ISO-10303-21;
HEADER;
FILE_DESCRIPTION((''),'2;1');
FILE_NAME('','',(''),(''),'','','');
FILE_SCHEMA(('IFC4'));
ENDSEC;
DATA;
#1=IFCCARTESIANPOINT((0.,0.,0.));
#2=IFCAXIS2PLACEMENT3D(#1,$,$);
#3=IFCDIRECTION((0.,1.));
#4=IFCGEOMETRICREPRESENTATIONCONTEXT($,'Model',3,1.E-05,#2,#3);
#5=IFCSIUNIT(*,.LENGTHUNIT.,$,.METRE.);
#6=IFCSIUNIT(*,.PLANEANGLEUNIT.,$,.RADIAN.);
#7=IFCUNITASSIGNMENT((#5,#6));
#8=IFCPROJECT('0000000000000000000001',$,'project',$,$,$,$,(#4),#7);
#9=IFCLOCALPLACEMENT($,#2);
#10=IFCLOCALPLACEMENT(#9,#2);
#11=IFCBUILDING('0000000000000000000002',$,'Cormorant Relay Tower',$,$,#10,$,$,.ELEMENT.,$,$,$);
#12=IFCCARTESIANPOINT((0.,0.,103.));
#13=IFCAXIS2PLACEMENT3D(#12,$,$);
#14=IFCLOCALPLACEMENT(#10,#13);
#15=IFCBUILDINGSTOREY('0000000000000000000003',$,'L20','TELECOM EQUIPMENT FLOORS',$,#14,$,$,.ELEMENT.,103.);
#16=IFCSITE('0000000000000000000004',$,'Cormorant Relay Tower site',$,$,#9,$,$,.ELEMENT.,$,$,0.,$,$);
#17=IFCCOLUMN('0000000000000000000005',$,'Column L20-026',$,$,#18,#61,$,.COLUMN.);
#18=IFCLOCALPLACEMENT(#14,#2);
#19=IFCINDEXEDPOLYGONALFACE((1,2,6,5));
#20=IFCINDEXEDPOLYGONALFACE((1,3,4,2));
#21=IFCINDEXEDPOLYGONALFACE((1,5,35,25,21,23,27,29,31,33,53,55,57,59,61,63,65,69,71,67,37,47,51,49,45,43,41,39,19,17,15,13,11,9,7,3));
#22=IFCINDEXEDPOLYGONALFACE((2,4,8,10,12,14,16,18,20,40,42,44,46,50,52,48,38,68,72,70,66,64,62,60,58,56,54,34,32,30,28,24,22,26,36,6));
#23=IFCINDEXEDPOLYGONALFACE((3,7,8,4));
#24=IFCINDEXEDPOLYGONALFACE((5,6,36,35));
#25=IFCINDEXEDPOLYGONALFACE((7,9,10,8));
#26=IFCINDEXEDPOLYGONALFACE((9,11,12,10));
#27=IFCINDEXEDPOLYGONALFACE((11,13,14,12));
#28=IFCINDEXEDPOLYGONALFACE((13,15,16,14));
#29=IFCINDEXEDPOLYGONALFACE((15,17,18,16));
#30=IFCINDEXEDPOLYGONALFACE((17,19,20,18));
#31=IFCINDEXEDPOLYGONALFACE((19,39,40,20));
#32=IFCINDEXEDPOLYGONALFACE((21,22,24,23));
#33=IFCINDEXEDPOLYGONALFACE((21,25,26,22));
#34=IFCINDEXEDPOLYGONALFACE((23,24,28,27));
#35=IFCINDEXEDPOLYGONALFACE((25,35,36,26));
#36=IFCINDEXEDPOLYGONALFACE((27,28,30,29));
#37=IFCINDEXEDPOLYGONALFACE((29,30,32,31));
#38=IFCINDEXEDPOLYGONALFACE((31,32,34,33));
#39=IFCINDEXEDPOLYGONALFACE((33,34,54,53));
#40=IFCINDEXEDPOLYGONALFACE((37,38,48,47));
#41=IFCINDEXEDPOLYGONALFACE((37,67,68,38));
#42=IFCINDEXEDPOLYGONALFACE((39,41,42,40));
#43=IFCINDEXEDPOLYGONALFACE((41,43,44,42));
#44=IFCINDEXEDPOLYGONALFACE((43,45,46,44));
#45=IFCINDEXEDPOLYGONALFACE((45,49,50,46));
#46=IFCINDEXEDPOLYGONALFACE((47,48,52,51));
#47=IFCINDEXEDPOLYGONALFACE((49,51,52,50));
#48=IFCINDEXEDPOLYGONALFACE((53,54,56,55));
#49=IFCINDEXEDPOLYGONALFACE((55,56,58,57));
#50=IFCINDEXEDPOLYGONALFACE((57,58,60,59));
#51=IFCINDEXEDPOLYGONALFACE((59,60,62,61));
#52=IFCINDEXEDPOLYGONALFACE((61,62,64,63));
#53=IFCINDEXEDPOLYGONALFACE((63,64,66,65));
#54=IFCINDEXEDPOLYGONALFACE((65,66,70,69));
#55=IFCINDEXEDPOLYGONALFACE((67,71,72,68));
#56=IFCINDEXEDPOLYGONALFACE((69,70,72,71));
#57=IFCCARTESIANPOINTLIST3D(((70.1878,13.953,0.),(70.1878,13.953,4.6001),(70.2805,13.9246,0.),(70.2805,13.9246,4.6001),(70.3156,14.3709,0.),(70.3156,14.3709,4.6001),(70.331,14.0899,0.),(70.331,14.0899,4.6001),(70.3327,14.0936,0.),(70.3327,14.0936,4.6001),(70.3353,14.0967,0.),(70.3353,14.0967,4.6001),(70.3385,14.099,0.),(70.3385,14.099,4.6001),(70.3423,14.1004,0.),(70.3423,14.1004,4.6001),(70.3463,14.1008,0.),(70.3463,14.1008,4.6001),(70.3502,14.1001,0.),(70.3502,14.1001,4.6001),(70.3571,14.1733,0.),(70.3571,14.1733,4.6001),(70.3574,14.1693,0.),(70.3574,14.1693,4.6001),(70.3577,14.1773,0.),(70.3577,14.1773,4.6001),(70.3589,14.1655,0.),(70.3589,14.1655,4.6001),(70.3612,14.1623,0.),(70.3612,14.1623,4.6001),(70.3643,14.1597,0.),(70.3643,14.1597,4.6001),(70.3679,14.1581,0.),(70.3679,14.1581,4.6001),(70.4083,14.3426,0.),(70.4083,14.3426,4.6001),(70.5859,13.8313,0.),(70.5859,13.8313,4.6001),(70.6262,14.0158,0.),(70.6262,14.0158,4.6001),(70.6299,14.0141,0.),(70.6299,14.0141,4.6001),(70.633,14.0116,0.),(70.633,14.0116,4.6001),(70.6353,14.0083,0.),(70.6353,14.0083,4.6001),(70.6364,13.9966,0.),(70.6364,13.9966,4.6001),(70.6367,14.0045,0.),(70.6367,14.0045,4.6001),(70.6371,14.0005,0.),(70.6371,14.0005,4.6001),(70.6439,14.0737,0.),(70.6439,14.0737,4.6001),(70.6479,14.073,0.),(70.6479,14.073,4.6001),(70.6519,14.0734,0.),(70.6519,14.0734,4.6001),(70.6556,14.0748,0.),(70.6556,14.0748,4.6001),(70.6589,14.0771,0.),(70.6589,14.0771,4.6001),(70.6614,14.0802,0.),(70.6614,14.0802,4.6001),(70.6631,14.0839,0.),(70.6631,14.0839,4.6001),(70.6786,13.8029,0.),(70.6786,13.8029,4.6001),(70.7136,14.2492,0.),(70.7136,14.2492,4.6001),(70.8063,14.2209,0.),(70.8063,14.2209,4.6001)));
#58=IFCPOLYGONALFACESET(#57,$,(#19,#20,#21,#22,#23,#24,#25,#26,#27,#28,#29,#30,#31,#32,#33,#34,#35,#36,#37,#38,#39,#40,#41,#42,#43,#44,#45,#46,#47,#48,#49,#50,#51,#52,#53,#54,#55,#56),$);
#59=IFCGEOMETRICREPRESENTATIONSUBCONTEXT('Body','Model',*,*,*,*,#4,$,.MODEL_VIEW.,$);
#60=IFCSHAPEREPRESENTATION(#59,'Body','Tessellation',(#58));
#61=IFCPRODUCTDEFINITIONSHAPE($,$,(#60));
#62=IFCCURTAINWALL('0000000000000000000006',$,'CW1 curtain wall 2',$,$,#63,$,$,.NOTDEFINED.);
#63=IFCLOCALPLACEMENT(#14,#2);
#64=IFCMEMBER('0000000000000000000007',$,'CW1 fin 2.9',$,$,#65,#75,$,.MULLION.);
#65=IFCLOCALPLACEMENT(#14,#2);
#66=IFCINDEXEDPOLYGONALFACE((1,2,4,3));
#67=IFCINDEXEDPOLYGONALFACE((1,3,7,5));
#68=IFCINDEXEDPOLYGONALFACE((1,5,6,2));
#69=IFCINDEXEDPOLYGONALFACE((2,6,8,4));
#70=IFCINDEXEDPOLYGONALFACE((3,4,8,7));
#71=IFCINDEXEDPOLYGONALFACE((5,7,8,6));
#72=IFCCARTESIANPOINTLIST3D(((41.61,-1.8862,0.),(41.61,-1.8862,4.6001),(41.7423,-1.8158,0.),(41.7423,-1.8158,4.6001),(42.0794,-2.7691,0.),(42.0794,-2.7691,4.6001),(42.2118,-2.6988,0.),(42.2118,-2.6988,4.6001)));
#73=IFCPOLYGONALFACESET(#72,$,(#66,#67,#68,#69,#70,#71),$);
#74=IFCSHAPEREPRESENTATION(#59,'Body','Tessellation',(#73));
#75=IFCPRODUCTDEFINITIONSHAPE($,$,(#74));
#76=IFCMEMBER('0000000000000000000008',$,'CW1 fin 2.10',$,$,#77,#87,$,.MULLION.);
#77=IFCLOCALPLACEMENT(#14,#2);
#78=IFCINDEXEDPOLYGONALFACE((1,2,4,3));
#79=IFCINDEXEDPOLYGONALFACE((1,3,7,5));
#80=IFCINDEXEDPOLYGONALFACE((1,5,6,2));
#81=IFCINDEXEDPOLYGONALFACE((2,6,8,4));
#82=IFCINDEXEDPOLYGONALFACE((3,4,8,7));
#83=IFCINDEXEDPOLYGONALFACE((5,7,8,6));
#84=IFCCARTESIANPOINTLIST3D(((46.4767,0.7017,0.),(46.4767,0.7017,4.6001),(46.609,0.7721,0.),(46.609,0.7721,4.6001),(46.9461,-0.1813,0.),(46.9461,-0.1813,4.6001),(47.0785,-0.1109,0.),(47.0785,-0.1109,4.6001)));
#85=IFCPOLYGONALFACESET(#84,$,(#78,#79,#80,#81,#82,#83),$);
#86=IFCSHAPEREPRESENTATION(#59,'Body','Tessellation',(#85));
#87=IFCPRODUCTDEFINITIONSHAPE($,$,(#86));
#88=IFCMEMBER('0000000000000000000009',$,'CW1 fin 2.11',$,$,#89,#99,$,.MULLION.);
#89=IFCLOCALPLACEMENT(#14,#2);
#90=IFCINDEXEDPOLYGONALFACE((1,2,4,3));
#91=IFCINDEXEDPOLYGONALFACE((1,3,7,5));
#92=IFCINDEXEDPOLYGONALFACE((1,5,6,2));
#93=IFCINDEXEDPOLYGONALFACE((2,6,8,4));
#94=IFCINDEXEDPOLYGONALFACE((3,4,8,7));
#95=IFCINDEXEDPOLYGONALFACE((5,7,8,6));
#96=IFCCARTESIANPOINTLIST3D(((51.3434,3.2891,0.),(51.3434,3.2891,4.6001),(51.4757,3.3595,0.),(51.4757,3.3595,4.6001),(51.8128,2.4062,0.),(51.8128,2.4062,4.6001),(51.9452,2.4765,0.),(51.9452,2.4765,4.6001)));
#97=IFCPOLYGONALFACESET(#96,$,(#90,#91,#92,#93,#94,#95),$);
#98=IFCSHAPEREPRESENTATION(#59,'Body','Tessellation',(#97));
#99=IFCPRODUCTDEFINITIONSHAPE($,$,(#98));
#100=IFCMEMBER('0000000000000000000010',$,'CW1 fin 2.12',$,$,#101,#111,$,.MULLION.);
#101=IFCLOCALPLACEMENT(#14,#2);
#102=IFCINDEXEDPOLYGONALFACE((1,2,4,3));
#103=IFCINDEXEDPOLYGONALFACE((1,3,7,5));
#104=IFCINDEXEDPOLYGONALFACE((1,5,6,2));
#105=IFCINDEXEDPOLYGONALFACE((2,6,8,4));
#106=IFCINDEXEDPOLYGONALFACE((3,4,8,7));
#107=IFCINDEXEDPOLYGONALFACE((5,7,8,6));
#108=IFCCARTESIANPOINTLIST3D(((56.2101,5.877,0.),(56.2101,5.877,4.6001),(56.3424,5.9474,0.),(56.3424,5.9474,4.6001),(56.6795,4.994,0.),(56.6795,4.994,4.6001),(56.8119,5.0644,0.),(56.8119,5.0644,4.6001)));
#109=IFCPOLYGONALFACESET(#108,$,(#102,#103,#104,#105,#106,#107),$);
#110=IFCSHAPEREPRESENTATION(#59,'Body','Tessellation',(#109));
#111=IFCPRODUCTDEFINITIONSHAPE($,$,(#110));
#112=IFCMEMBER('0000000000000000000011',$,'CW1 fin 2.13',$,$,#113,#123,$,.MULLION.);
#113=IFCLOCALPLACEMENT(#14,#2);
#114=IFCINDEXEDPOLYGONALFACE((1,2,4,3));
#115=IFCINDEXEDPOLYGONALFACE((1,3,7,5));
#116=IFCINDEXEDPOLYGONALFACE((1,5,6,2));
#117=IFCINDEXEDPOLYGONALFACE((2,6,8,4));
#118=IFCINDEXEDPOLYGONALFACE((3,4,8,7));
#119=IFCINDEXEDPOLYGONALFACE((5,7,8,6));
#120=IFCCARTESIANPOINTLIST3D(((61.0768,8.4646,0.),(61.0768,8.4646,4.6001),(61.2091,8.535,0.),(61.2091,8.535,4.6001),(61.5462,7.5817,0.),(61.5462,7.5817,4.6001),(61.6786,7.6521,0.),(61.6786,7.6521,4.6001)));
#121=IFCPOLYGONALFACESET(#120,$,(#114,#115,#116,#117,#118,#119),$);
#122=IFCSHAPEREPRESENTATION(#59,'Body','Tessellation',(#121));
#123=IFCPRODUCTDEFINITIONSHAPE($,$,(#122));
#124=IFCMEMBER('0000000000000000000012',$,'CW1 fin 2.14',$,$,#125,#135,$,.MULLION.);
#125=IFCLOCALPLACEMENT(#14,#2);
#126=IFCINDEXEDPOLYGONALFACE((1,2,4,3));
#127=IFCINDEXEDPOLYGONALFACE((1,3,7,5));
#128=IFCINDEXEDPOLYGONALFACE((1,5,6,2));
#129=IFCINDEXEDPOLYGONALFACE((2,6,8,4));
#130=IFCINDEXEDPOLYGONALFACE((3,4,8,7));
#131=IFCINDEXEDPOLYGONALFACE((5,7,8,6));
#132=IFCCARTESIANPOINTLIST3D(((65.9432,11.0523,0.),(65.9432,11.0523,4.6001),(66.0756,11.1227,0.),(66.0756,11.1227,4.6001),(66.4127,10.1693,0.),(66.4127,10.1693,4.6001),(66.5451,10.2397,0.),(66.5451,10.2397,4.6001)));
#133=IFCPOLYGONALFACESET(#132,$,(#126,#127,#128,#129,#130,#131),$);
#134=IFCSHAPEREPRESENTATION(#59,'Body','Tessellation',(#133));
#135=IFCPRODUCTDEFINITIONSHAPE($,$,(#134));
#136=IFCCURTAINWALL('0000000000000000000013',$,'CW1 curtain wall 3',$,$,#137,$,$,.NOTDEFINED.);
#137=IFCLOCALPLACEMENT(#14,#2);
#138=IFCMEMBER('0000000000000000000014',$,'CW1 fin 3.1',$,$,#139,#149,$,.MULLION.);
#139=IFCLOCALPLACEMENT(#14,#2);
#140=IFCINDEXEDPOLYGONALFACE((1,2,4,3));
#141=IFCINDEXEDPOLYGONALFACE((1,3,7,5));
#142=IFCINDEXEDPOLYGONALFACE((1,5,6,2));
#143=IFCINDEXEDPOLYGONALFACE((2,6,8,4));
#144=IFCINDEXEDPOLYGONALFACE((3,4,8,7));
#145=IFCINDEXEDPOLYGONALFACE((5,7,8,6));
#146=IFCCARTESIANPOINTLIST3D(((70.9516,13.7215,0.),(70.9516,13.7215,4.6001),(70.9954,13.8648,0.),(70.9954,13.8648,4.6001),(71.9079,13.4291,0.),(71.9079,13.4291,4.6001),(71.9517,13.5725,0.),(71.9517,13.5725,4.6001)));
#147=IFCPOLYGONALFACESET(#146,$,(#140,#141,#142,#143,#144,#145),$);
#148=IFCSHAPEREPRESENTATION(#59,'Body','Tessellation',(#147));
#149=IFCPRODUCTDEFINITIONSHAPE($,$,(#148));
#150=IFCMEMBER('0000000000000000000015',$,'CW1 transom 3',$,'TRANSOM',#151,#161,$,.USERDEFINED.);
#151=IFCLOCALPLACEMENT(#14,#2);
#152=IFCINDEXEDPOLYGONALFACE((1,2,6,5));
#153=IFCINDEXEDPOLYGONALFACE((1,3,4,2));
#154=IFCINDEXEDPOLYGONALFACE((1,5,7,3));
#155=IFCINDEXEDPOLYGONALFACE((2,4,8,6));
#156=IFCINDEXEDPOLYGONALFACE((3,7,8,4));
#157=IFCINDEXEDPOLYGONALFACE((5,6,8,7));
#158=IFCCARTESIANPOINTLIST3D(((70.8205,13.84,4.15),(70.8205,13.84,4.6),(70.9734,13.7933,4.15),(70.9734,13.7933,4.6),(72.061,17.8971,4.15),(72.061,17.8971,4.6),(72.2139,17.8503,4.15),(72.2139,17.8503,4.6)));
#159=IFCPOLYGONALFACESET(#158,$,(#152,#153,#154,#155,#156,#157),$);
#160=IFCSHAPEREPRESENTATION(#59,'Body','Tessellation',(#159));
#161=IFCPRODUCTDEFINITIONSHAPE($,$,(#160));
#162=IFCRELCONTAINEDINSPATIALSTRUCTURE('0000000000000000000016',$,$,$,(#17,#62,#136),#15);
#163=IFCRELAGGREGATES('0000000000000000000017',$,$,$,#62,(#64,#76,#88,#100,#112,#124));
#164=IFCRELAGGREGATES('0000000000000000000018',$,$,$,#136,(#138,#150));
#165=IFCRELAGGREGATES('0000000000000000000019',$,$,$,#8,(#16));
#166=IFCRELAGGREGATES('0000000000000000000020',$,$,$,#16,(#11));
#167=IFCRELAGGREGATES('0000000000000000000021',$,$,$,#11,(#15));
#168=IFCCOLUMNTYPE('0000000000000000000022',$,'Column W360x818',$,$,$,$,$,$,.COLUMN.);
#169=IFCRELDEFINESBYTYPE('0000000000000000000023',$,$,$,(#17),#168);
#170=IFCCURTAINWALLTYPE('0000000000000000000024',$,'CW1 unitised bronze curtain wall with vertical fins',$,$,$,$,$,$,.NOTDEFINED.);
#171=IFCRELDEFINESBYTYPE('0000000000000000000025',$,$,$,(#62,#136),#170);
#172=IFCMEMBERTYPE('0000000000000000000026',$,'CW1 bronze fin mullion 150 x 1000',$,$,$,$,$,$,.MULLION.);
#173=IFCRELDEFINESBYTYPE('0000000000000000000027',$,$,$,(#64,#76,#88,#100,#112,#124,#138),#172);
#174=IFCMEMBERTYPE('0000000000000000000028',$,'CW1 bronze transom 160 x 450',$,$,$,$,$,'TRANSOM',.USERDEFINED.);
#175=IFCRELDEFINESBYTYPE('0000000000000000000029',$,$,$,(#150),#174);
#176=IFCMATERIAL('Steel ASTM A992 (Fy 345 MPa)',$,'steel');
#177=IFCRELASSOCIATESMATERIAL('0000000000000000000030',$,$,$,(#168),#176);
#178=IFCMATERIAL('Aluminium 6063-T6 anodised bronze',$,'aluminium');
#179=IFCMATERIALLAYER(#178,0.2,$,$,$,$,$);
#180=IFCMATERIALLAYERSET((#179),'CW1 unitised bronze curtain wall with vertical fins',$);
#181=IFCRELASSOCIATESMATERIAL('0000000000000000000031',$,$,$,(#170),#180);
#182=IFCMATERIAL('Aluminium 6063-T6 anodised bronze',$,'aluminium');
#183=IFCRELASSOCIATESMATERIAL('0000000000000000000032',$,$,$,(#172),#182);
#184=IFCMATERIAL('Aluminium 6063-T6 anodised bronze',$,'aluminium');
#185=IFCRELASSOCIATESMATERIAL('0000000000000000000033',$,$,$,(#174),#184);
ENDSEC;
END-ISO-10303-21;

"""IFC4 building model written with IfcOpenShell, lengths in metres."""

from ifc_helpers import new_model, si_unit, direction, frame, origin, origin_2d, place, context, subcontext, project, spatial, rectangle, i_section, extrude, material, layer, layer_set, material_profile, profile_set, type_object, element, aggregate, save


model = new_model("IFC4")

# Units and contexts
model_context = context("Model", 3, precision=1e-05, world=origin(), true_north=direction((0.0, 1.0)))
body_context = subcontext(model_context, "Body", "Model", "MODEL_VIEW")
ifc_project = project(units=[si_unit("LENGTHUNIT", "METRE"), si_unit("PLANEANGLEUNIT", "RADIAN")], contexts=[model_context])

# Site, building, storey
site_placement = place(None, origin())
site = spatial("IfcSite", under=ifc_project, at=site_placement, Name="Cormorant Relay Tower site", CompositionType="ELEMENT", RefElevation=0.0)
building_placement = place(site_placement, origin())
building = spatial("IfcBuilding", under=site, at=building_placement, Name="Cormorant Relay Tower", CompositionType="ELEMENT")
storey_placement = place(building_placement, frame((0.0, 0.0, 103.0)))
storey = spatial("IfcBuildingStorey", under=building, at=storey_placement, Name="L20", Description="TELECOM EQUIPMENT FLOORS", CompositionType="ELEMENT", Elevation=103.0)

# Column
ifc_material_1 = material(Name="Steel ASTM A992 (Fy 345 MPa)", Category="steel")
ifc_material_profile_1 = material_profile(ifc_material_1, i_section(OverallWidth=0.437, OverallDepth=0.5132, WebThickness=0.0605, FlangeThickness=0.0969, FilletRadius=0.0154, at=origin_2d()), Name="W360x818")
ifc_profile_set_1 = profile_set([ifc_material_profile_1], Name="Steel ASTM A992 (Fy 345 MPa)")
column_type_1 = type_object("IfcColumnType", Name="Column W360x818", PredefinedType="COLUMN", material=ifc_profile_set_1)
for number, where, z_axis, x_axis, name in (
    (1, (70.4971, 14.0869, 0.0), (0.0, 0.0, 1.0), (0.292372, 0.956305, 0.0), "Column L20-026"),
):
    element("IfcColumn", number, at=place(storey_placement, frame(where, z_axis=z_axis, x_axis=x_axis)), inside=storey, type_object=column_type_1, Name=name, PredefinedType="COLUMN", context=body_context, shape_type="SweptSolid", body=[
        extrude(i_section(OverallWidth=0.437, OverallDepth=0.5132, WebThickness=0.0605, FlangeThickness=0.0969, FilletRadius=0.0154, at=origin_2d()), origin(), (0.0, 0.0, 1.0), 4.6001),
    ])

# Curtain walls, members
ifc_material_2 = material(Name="Aluminium 6063-T6 anodised bronze", Category="aluminium")
ifc_layer_1 = layer(ifc_material_2, 0.2)
ifc_layer_set_1 = layer_set([ifc_layer_1], Name="CW1 unitised bronze curtain wall with vertical fins")
curtain_wall_type = type_object("IfcCurtainWallType", Name="CW1 unitised bronze curtain wall with vertical fins", PredefinedType="NOTDEFINED", material=ifc_layer_set_1)
curtain_wall_1_placement = place(storey_placement, origin())
curtain_wall_1 = element("IfcCurtainWall", 2, at=curtain_wall_1_placement, inside=storey, type_object=curtain_wall_type, Name="CW1 curtain wall 2", PredefinedType="NOTDEFINED")
ifc_material_3 = material(Name="Aluminium 6063-T6 anodised bronze", Category="aluminium")
ifc_material_profile_2 = material_profile(ifc_material_3, rectangle(XDim=0.1499, YDim=1.0, at=origin_2d()), Name="AL 150x1000")
ifc_profile_set_2 = profile_set([ifc_material_profile_2], Name="Aluminium 6063-T6 anodised bronze")
member_type_1 = type_object("IfcMemberType", Name="CW1 bronze fin mullion 150 x 1000", PredefinedType="MULLION", material=ifc_profile_set_2)
member_1_placement = place(storey_placement, frame((41.9109, -2.2925, 0.0), z_axis=(0.0, 0.0, 1.0), x_axis=(0.882948, 0.469472, 0.0)))
member_1 = element("IfcMember", 3, at=member_1_placement, type_object=member_type_1, Name="CW1 fin 2.9", PredefinedType="MULLION", context=body_context, shape_type="SweptSolid", body=[
    extrude(rectangle(XDim=0.1499, YDim=1.0, at=origin_2d()), origin(), (0.0, 0.0, 1.0), 4.6001),
])
member_2_placement = place(storey_placement, frame((46.7776, 0.2954, 0.0), z_axis=(0.0, 0.0, 1.0), x_axis=(0.882948, 0.469472, 0.0)))
member_2 = element("IfcMember", 4, at=member_2_placement, type_object=member_type_1, Name="CW1 fin 2.10", PredefinedType="MULLION", context=body_context, shape_type="SweptSolid", body=[
    extrude(rectangle(XDim=0.1499, YDim=1.0, at=origin_2d()), origin(), (0.0, 0.0, 1.0), 4.6001),
])
member_3_placement = place(storey_placement, frame((51.6443, 2.8828, 0.0), z_axis=(0.0, 0.0, 1.0), x_axis=(0.882948, 0.469472, 0.0)))
member_3 = element("IfcMember", 5, at=member_3_placement, type_object=member_type_1, Name="CW1 fin 2.11", PredefinedType="MULLION", context=body_context, shape_type="SweptSolid", body=[
    extrude(rectangle(XDim=0.1499, YDim=1.0, at=origin_2d()), origin(), (0.0, 0.0, 1.0), 4.6001),
])
member_4_placement = place(storey_placement, frame((56.511, 5.4707, 0.0), z_axis=(0.0, 0.0, 1.0), x_axis=(0.882948, 0.469472, 0.0)))
member_4 = element("IfcMember", 6, at=member_4_placement, type_object=member_type_1, Name="CW1 fin 2.12", PredefinedType="MULLION", context=body_context, shape_type="SweptSolid", body=[
    extrude(rectangle(XDim=0.1499, YDim=1.0, at=origin_2d()), origin(), (0.0, 0.0, 1.0), 4.6001),
])
member_5_placement = place(storey_placement, frame((61.3777, 8.0583, 0.0), z_axis=(0.0, 0.0, 1.0), x_axis=(0.882948, 0.469472, 0.0)))
member_5 = element("IfcMember", 7, at=member_5_placement, type_object=member_type_1, Name="CW1 fin 2.13", PredefinedType="MULLION", context=body_context, shape_type="SweptSolid", body=[
    extrude(rectangle(XDim=0.1499, YDim=1.0, at=origin_2d()), origin(), (0.0, 0.0, 1.0), 4.6001),
])
member_6_placement = place(storey_placement, frame((66.2441, 10.646, 0.0), z_axis=(0.0, 0.0, 1.0), x_axis=(0.882948, 0.469472, 0.0)))
member_6 = element("IfcMember", 8, at=member_6_placement, type_object=member_type_1, Name="CW1 fin 2.14", PredefinedType="MULLION", context=body_context, shape_type="SweptSolid", body=[
    extrude(rectangle(XDim=0.1499, YDim=1.0, at=origin_2d()), origin(), (0.0, 0.0, 1.0), 4.6001),
])
curtain_wall_2_placement = place(storey_placement, origin())
curtain_wall_2 = element("IfcCurtainWall", 9, at=curtain_wall_2_placement, inside=storey, type_object=curtain_wall_type, Name="CW1 curtain wall 3", PredefinedType="NOTDEFINED")
member_7_placement = place(storey_placement, frame((71.4517, 13.647, 0.0), z_axis=(0.0, 0.0, 1.0), x_axis=(0.292372, 0.956305, 0.0)))
member_7 = element("IfcMember", 10, at=member_7_placement, type_object=member_type_1, Name="CW1 fin 3.1", PredefinedType="MULLION", context=body_context, shape_type="SweptSolid", body=[
    extrude(rectangle(XDim=0.1499, YDim=1.0, at=origin_2d()), origin(), (0.0, 0.0, 1.0), 4.6001),
])
ifc_material_4 = material(Name="Aluminium 6063-T6 anodised bronze", Category="aluminium")
ifc_material_profile_3 = material_profile(ifc_material_4, rectangle(XDim=0.1599, YDim=0.45, at=origin_2d()), Name="AL 160x450")
ifc_profile_set_3 = profile_set([ifc_material_profile_3], Name="Aluminium 6063-T6 anodised bronze")
member_type_2 = type_object("IfcMemberType", Name="CW1 bronze transom 160 x 450", ElementType="TRANSOM", PredefinedType="USERDEFINED", material=ifc_profile_set_3)
member_8_placement = place(storey_placement, frame((70.897, 13.8167, 4.375), z_axis=(0.292391, 0.956299, 0.0), x_axis=(-0.956299, 0.292391, 0.0)))
member_8 = element("IfcMember", 11, at=member_8_placement, type_object=member_type_2, Name="CW1 transom 3", ObjectType="TRANSOM", PredefinedType="USERDEFINED", context=body_context, shape_type="SweptSolid", body=[
    extrude(rectangle(XDim=0.1599, YDim=0.45, at=origin_2d()), origin(), (0.0, 0.0, 1.0), 4.2424),
])

aggregate(curtain_wall_1, [member_1, member_2, member_3, member_4, member_5, member_6])
aggregate(curtain_wall_2, [member_7, member_8])

save(model, "model.ifc")
